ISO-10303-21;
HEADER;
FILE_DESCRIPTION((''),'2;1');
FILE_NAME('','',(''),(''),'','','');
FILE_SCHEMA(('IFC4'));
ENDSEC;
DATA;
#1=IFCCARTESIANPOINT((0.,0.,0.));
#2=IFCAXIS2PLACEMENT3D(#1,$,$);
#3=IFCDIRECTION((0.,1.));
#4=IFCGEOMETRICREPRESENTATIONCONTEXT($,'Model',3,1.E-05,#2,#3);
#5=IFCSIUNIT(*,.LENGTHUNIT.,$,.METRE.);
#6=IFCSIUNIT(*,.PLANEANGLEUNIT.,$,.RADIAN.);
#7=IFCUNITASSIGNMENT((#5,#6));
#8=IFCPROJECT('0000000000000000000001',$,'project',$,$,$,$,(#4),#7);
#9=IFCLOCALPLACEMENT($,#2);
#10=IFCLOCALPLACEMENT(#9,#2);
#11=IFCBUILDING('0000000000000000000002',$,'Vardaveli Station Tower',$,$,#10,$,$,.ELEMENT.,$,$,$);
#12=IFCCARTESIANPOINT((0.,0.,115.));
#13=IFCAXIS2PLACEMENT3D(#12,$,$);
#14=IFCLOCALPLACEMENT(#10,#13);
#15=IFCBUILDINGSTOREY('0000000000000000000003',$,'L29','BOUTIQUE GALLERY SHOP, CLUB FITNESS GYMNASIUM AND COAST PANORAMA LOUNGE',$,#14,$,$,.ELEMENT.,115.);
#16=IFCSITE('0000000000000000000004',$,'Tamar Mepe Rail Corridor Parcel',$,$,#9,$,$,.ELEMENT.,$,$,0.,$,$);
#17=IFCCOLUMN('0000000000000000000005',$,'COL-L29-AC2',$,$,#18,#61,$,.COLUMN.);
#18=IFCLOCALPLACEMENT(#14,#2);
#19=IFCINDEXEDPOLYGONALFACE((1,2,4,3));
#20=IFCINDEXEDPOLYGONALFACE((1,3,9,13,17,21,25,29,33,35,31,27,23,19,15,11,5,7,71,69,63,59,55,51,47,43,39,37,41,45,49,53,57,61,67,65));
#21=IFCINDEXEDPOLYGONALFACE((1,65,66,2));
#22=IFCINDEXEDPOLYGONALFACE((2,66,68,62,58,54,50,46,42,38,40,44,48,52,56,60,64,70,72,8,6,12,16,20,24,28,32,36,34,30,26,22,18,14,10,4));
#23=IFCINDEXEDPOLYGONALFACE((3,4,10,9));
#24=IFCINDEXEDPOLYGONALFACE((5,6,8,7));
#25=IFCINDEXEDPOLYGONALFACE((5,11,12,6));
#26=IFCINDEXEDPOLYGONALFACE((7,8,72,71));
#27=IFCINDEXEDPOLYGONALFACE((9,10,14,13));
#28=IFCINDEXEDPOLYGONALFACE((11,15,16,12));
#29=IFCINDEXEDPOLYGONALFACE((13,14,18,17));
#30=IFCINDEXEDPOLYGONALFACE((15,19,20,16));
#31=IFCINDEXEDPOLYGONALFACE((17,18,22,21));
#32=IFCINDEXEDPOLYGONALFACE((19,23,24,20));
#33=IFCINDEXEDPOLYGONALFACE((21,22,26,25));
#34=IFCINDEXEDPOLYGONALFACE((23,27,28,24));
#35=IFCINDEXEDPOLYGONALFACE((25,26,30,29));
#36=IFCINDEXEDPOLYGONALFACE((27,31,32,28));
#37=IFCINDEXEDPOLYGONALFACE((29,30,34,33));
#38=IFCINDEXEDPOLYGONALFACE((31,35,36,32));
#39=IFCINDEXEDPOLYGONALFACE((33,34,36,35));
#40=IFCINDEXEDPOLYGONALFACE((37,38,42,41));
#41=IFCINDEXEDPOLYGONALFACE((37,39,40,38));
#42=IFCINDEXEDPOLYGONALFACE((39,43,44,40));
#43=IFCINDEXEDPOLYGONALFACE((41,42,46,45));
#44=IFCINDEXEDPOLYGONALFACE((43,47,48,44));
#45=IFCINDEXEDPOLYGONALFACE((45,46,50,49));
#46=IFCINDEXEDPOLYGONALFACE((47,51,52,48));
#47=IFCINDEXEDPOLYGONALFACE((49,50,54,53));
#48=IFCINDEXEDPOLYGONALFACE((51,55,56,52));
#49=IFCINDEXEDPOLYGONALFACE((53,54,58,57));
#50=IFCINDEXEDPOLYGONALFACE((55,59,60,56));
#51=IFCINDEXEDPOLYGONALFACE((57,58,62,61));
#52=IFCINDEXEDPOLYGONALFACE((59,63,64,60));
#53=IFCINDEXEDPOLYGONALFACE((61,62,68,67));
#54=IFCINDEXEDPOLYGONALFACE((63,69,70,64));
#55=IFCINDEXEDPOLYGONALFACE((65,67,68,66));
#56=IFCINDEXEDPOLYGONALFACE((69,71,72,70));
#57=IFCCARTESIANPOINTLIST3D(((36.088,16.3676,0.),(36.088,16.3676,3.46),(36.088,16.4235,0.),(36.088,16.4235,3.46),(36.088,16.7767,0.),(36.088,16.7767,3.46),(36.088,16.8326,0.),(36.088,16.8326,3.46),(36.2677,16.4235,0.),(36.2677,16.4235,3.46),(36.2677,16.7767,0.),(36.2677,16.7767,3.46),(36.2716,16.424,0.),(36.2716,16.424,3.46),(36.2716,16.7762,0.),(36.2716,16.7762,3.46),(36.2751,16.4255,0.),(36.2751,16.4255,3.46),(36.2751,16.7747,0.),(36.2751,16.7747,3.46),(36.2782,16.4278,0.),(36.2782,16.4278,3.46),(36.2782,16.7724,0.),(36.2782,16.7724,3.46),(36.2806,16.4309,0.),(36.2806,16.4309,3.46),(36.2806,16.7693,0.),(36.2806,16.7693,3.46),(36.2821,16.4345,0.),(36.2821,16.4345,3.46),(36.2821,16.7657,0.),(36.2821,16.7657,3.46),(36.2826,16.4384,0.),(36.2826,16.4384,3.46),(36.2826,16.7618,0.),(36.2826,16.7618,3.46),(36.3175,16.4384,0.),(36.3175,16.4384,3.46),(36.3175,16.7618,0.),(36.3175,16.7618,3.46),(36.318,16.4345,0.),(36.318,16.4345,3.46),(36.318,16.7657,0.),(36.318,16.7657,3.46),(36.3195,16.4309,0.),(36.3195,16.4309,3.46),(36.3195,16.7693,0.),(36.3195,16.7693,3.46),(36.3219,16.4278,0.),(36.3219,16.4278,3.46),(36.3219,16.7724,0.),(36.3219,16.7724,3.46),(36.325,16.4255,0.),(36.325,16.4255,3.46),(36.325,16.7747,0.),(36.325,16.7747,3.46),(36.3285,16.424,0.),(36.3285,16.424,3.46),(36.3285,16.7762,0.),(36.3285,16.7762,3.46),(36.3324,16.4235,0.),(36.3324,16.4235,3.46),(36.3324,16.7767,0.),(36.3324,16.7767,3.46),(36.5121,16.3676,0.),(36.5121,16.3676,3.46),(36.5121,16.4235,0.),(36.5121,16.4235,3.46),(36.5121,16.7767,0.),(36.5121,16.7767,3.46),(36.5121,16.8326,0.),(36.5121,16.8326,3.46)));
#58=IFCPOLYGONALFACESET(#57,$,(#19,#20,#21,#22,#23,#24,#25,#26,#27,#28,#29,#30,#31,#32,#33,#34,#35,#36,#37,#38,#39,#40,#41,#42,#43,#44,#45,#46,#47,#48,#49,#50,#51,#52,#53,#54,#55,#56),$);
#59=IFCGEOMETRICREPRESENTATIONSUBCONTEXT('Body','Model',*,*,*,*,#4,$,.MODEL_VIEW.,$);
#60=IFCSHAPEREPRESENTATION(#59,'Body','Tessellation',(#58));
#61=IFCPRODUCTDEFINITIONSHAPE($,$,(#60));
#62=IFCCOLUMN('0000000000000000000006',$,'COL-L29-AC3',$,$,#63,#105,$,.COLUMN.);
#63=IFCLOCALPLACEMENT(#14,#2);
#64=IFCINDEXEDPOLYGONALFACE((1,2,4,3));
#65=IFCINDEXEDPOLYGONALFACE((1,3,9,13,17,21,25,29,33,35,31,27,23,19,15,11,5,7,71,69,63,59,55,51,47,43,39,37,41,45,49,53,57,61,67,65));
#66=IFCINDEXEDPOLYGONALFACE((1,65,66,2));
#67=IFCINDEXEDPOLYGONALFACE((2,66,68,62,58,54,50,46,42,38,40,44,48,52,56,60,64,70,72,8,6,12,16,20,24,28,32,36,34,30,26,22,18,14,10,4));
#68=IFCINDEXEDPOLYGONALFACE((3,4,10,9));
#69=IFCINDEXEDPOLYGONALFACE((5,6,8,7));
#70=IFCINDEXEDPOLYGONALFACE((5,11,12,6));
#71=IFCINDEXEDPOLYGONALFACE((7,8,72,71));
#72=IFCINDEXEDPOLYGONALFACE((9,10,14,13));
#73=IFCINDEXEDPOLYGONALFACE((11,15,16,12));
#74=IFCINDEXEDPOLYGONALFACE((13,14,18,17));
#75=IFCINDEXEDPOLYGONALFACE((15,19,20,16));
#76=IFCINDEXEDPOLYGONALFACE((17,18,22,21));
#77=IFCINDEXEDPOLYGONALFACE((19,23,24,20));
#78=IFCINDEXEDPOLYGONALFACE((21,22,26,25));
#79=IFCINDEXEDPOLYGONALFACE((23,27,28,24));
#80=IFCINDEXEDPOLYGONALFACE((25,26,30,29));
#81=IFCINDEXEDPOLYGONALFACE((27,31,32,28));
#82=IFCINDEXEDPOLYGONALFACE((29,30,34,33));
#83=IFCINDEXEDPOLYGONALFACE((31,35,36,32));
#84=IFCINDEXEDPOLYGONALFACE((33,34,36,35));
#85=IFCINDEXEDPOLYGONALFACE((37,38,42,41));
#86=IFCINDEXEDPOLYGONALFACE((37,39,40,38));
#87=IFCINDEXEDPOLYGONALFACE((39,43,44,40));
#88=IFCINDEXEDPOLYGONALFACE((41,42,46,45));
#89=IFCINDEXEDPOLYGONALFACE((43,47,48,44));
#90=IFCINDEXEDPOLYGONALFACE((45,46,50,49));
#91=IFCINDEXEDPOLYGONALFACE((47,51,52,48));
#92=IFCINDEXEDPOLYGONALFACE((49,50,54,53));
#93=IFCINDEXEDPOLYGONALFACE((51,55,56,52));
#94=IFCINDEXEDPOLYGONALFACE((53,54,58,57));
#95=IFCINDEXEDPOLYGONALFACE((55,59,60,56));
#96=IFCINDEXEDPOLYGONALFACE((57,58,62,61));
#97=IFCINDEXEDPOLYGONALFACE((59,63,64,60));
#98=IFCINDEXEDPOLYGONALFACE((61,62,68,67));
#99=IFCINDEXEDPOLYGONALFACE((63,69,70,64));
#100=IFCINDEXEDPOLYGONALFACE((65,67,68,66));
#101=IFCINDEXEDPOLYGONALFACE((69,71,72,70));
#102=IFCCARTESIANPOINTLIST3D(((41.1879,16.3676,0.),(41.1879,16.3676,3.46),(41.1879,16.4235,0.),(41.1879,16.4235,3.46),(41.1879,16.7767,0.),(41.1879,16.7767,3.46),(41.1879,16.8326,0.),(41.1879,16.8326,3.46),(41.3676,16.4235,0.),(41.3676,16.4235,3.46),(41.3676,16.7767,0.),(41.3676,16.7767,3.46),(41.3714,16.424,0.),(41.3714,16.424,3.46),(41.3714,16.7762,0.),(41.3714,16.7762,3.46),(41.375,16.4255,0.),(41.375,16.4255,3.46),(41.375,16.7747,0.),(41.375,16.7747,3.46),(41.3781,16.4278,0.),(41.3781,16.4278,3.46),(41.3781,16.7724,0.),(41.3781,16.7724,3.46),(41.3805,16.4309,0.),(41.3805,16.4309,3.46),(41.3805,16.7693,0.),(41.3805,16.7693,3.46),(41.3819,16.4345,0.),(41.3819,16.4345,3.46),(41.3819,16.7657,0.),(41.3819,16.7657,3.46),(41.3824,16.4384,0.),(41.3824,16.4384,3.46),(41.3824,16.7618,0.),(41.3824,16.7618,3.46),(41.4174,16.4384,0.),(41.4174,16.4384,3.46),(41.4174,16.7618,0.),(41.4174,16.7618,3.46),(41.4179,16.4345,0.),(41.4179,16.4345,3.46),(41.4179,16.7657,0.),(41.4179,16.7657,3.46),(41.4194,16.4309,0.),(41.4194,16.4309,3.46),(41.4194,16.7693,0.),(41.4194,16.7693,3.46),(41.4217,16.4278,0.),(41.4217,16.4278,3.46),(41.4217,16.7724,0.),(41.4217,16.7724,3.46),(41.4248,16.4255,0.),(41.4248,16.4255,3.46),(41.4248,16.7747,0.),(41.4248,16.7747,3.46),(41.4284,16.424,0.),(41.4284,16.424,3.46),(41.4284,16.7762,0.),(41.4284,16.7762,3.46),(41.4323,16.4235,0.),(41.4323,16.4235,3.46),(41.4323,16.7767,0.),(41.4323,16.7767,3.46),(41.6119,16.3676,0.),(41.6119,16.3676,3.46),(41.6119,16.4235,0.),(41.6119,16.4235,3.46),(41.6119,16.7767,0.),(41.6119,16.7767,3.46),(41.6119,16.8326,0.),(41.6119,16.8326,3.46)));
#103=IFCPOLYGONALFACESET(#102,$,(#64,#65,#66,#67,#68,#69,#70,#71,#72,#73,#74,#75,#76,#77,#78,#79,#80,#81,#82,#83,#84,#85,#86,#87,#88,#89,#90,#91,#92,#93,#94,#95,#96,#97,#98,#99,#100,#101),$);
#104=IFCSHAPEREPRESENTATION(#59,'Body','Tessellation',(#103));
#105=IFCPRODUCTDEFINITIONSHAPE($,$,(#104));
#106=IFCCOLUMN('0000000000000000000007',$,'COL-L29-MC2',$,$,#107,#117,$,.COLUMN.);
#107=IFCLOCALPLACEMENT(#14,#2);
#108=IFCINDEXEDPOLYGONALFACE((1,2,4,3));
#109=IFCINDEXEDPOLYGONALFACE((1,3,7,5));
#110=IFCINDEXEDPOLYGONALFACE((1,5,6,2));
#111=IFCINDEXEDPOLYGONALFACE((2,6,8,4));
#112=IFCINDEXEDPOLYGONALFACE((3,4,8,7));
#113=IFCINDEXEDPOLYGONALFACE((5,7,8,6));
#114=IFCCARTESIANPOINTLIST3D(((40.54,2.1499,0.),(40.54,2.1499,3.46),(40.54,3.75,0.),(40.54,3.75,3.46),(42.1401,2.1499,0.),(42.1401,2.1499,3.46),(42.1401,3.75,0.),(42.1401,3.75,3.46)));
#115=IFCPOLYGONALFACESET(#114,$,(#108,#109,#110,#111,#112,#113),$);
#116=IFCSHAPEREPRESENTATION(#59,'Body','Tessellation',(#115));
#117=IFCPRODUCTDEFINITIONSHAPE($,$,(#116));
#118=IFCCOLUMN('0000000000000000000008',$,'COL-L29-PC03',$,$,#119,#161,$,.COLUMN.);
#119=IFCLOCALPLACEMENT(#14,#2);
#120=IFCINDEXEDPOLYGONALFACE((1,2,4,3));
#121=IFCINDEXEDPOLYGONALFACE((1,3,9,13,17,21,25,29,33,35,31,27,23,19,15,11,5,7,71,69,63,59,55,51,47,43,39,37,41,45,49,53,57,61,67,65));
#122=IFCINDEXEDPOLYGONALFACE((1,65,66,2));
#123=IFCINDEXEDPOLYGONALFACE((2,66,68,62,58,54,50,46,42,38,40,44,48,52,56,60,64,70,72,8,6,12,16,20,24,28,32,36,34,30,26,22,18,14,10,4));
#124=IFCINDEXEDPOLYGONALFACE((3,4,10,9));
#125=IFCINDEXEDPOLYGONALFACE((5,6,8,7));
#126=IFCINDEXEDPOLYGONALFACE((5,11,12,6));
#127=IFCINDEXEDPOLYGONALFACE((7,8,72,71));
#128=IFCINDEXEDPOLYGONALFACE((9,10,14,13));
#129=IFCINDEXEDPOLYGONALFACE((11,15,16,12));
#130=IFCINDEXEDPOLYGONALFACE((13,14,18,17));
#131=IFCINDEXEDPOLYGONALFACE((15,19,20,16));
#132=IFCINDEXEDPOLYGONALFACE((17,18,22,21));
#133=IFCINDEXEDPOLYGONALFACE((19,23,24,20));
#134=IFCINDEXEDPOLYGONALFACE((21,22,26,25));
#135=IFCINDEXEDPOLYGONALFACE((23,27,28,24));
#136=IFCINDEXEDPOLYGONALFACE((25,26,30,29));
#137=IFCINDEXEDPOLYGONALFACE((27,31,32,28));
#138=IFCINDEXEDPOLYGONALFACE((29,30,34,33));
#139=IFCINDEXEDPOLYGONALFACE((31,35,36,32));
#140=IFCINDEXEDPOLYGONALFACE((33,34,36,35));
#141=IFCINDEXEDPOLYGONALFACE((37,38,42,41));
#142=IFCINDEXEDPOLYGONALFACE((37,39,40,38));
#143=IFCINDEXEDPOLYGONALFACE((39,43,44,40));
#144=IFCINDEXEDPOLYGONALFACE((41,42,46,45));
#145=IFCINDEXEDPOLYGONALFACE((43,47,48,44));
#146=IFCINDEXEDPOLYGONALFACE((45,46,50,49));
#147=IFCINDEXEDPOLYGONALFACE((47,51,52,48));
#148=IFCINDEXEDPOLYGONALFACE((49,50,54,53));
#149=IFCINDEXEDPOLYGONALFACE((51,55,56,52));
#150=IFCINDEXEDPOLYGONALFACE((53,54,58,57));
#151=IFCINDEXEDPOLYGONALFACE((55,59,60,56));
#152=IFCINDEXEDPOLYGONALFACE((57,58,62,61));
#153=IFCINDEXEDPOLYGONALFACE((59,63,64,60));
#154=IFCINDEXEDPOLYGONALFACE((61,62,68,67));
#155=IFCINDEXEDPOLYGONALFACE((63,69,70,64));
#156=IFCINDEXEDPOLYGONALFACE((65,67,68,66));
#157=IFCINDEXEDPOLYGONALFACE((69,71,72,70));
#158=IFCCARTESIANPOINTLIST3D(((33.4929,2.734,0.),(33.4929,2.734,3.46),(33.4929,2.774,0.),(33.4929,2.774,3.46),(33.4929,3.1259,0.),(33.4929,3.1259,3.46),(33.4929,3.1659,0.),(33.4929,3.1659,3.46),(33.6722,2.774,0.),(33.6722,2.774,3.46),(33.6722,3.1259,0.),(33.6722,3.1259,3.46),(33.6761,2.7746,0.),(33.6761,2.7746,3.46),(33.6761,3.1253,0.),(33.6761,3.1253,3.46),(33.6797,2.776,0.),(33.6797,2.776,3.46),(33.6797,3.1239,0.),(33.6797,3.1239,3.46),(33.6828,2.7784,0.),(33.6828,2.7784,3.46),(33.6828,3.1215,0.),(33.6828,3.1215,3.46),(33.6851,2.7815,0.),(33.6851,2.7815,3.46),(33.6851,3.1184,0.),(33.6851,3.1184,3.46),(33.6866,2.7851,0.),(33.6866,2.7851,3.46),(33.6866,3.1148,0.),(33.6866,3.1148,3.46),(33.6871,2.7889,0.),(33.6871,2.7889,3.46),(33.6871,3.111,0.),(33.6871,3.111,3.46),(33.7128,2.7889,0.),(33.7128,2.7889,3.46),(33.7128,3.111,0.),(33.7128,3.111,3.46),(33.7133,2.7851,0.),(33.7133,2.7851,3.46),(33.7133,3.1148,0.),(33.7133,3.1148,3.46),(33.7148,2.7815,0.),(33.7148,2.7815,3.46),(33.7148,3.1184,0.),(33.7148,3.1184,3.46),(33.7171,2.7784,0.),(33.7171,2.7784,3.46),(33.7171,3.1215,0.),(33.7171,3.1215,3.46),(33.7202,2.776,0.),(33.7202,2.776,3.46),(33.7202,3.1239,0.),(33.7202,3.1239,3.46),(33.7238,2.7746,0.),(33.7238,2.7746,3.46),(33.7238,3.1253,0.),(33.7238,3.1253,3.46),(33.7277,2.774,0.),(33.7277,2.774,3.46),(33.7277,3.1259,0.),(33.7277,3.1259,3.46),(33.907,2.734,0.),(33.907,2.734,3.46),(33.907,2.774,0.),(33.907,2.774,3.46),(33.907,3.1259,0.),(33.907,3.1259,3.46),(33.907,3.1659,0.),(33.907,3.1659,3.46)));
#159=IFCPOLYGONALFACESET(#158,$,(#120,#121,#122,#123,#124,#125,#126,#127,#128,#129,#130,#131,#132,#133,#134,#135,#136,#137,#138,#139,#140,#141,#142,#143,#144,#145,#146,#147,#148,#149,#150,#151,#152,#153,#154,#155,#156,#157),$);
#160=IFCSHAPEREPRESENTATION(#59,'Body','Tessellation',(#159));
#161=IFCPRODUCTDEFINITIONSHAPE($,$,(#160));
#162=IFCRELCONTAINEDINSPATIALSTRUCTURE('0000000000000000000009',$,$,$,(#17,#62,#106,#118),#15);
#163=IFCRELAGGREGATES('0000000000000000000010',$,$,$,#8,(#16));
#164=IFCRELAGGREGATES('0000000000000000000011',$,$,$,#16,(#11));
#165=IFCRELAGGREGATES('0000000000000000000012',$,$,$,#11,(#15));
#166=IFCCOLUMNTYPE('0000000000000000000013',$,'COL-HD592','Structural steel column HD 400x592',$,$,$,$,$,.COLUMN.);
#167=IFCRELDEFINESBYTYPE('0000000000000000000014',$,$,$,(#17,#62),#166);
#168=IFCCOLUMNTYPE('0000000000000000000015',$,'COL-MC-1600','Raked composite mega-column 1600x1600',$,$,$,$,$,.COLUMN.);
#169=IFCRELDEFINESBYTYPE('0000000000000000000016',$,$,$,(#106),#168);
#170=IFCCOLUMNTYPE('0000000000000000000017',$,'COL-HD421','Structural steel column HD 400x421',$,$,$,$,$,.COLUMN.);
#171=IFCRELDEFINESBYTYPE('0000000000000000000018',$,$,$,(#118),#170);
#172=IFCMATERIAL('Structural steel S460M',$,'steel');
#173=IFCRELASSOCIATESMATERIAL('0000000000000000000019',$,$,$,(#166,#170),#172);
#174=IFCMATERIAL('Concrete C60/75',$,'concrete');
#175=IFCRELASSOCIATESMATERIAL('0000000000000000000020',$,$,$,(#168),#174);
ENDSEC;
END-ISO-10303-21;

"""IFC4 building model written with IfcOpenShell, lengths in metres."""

from ifc_helpers import new_model, si_unit, direction, frame, origin, origin_2d, place, context, subcontext, project, spatial, rectangle, i_section, extrude, source, transform, mapped, material, material_profile, profile_set, type_object, element, save


model = new_model("IFC4")

# Units and contexts
model_context = context("Model", 3, precision=1e-05, world=origin(), true_north=direction((0.0, 1.0)))
body_context = subcontext(model_context, "Body", "Model", "MODEL_VIEW")
ifc_project = project(units=[si_unit("LENGTHUNIT", "METRE"), si_unit("PLANEANGLEUNIT", "RADIAN")], contexts=[model_context])

# Site, building, storey
site_placement = place(None, origin())
site = spatial("IfcSite", under=ifc_project, at=site_placement, Name="Tamar Mepe Rail Corridor Parcel", CompositionType="ELEMENT", RefElevation=0.0)
building_placement = place(site_placement, origin())
building = spatial("IfcBuilding", under=site, at=building_placement, Name="Vardaveli Station Tower", CompositionType="ELEMENT")
storey_placement = place(building_placement, frame((0.0, 0.0, 115.0)))
storey = spatial("IfcBuildingStorey", under=building, at=storey_placement, Name="L29", Description="BOUTIQUE GALLERY SHOP, CLUB FITNESS GYMNASIUM AND COAST PANORAMA LOUNGE", CompositionType="ELEMENT", Elevation=115.0)

# Columns
ifc_material_1 = material(Name="Structural steel S460M", Category="steel")
ifc_material_profile_1 = material_profile(ifc_material_1, i_section(OverallWidth=0.4241, OverallDepth=0.4651, WebThickness=0.0349, FlangeThickness=0.0559, FilletRadius=0.0149, at=origin_2d()), Name="HD 400x592")
ifc_profile_set_1 = profile_set([ifc_material_profile_1], Name="Structural steel S460M")
column_type_1 = type_object("IfcColumnType", Name="COL-HD592", Description="Structural steel column HD 400x592", PredefinedType="COLUMN", material=ifc_profile_set_1)
shared_shape_1 = source(origin(), body_context, "Body", "SweptSolid", [
    extrude(i_section(OverallWidth=0.4241, OverallDepth=0.4651, WebThickness=0.0349, FlangeThickness=0.0559, FilletRadius=0.0149, at=origin_2d()), origin(), (0.0, 0.0, 1.0), 3.46),
])
for number, where, z_axis, x_axis, name in (
    (1, (36.3, 16.6001, 0.0), (0.0, 0.0, 1.0), (1.0, 0.0, 0.0), "COL-L29-AC2"),
    (2, (41.3999, 16.6001, 0.0), (0.0, 0.0, 1.0), (1.0, 0.0, 0.0), "COL-L29-AC3"),
):
    element("IfcColumn", number, at=place(storey_placement, frame(where, z_axis=z_axis, x_axis=x_axis)), inside=storey, type_object=column_type_1, Name=name, PredefinedType="COLUMN", context=body_context, shape_type="MappedRepresentation", body=[
        mapped(shared_shape_1, transform((0.0, 0.0, 0.0), scale=1.0)),
    ])
ifc_material_2 = material(Name="Concrete C60/75", Category="concrete")
ifc_material_profile_2 = material_profile(ifc_material_2, rectangle(XDim=1.6001, YDim=1.6001, at=origin_2d()), Name="MC 1600x1600")
ifc_profile_set_2 = profile_set([ifc_material_profile_2], Name="Concrete C60/75")
column_type_2 = type_object("IfcColumnType", Name="COL-MC-1600", Description="Raked composite mega-column 1600x1600", PredefinedType="COLUMN", material=ifc_profile_set_2)
shared_shape_2 = source(origin(), body_context, "Body", "SweptSolid", [
    extrude(rectangle(XDim=1.6001, YDim=1.6001, at=origin_2d()), origin(), (0.0, 0.0, 1.0), 3.46),
])
column_1_placement = place(storey_placement, frame((41.3401, 2.95, 0.0), z_axis=(0.0, 0.0, 1.0), x_axis=(1.0, 0.0, 0.0)))
element("IfcColumn", 3, at=column_1_placement, inside=storey, type_object=column_type_2, Name="COL-L29-MC2", PredefinedType="COLUMN", context=body_context, shape_type="MappedRepresentation", body=[
    mapped(shared_shape_2, transform((0.0, 0.0, 0.0), scale=1.0)),
])
ifc_material_profile_3 = material_profile(ifc_material_1, i_section(OverallWidth=0.4141, OverallDepth=0.4319, WebThickness=0.0256, FlangeThickness=0.04, FilletRadius=0.0149, at=origin_2d()), Name="HD 400x421")
ifc_profile_set_3 = profile_set([ifc_material_profile_3], Name="Structural steel S460M")
column_type_3 = type_object("IfcColumnType", Name="COL-HD421", Description="Structural steel column HD 400x421", PredefinedType="COLUMN", material=ifc_profile_set_3)
shared_shape_3 = source(origin(), body_context, "Body", "SweptSolid", [
    extrude(i_section(OverallWidth=0.4141, OverallDepth=0.4319, WebThickness=0.0256, FlangeThickness=0.04, FilletRadius=0.0149, at=origin_2d()), origin(), (0.0, 0.0, 1.0), 3.46),
])
column_2_placement = place(storey_placement, frame((33.7, 2.95, 0.0), z_axis=(0.0, 0.0, 1.0), x_axis=(1.0, 0.0, 0.0)))
element("IfcColumn", 4, at=column_2_placement, inside=storey, type_object=column_type_3, Name="COL-L29-PC03", PredefinedType="COLUMN", context=body_context, shape_type="MappedRepresentation", body=[
    mapped(shared_shape_3, transform((0.0, 0.0, 0.0), scale=1.0)),
])

save(model, "model.ifc")
